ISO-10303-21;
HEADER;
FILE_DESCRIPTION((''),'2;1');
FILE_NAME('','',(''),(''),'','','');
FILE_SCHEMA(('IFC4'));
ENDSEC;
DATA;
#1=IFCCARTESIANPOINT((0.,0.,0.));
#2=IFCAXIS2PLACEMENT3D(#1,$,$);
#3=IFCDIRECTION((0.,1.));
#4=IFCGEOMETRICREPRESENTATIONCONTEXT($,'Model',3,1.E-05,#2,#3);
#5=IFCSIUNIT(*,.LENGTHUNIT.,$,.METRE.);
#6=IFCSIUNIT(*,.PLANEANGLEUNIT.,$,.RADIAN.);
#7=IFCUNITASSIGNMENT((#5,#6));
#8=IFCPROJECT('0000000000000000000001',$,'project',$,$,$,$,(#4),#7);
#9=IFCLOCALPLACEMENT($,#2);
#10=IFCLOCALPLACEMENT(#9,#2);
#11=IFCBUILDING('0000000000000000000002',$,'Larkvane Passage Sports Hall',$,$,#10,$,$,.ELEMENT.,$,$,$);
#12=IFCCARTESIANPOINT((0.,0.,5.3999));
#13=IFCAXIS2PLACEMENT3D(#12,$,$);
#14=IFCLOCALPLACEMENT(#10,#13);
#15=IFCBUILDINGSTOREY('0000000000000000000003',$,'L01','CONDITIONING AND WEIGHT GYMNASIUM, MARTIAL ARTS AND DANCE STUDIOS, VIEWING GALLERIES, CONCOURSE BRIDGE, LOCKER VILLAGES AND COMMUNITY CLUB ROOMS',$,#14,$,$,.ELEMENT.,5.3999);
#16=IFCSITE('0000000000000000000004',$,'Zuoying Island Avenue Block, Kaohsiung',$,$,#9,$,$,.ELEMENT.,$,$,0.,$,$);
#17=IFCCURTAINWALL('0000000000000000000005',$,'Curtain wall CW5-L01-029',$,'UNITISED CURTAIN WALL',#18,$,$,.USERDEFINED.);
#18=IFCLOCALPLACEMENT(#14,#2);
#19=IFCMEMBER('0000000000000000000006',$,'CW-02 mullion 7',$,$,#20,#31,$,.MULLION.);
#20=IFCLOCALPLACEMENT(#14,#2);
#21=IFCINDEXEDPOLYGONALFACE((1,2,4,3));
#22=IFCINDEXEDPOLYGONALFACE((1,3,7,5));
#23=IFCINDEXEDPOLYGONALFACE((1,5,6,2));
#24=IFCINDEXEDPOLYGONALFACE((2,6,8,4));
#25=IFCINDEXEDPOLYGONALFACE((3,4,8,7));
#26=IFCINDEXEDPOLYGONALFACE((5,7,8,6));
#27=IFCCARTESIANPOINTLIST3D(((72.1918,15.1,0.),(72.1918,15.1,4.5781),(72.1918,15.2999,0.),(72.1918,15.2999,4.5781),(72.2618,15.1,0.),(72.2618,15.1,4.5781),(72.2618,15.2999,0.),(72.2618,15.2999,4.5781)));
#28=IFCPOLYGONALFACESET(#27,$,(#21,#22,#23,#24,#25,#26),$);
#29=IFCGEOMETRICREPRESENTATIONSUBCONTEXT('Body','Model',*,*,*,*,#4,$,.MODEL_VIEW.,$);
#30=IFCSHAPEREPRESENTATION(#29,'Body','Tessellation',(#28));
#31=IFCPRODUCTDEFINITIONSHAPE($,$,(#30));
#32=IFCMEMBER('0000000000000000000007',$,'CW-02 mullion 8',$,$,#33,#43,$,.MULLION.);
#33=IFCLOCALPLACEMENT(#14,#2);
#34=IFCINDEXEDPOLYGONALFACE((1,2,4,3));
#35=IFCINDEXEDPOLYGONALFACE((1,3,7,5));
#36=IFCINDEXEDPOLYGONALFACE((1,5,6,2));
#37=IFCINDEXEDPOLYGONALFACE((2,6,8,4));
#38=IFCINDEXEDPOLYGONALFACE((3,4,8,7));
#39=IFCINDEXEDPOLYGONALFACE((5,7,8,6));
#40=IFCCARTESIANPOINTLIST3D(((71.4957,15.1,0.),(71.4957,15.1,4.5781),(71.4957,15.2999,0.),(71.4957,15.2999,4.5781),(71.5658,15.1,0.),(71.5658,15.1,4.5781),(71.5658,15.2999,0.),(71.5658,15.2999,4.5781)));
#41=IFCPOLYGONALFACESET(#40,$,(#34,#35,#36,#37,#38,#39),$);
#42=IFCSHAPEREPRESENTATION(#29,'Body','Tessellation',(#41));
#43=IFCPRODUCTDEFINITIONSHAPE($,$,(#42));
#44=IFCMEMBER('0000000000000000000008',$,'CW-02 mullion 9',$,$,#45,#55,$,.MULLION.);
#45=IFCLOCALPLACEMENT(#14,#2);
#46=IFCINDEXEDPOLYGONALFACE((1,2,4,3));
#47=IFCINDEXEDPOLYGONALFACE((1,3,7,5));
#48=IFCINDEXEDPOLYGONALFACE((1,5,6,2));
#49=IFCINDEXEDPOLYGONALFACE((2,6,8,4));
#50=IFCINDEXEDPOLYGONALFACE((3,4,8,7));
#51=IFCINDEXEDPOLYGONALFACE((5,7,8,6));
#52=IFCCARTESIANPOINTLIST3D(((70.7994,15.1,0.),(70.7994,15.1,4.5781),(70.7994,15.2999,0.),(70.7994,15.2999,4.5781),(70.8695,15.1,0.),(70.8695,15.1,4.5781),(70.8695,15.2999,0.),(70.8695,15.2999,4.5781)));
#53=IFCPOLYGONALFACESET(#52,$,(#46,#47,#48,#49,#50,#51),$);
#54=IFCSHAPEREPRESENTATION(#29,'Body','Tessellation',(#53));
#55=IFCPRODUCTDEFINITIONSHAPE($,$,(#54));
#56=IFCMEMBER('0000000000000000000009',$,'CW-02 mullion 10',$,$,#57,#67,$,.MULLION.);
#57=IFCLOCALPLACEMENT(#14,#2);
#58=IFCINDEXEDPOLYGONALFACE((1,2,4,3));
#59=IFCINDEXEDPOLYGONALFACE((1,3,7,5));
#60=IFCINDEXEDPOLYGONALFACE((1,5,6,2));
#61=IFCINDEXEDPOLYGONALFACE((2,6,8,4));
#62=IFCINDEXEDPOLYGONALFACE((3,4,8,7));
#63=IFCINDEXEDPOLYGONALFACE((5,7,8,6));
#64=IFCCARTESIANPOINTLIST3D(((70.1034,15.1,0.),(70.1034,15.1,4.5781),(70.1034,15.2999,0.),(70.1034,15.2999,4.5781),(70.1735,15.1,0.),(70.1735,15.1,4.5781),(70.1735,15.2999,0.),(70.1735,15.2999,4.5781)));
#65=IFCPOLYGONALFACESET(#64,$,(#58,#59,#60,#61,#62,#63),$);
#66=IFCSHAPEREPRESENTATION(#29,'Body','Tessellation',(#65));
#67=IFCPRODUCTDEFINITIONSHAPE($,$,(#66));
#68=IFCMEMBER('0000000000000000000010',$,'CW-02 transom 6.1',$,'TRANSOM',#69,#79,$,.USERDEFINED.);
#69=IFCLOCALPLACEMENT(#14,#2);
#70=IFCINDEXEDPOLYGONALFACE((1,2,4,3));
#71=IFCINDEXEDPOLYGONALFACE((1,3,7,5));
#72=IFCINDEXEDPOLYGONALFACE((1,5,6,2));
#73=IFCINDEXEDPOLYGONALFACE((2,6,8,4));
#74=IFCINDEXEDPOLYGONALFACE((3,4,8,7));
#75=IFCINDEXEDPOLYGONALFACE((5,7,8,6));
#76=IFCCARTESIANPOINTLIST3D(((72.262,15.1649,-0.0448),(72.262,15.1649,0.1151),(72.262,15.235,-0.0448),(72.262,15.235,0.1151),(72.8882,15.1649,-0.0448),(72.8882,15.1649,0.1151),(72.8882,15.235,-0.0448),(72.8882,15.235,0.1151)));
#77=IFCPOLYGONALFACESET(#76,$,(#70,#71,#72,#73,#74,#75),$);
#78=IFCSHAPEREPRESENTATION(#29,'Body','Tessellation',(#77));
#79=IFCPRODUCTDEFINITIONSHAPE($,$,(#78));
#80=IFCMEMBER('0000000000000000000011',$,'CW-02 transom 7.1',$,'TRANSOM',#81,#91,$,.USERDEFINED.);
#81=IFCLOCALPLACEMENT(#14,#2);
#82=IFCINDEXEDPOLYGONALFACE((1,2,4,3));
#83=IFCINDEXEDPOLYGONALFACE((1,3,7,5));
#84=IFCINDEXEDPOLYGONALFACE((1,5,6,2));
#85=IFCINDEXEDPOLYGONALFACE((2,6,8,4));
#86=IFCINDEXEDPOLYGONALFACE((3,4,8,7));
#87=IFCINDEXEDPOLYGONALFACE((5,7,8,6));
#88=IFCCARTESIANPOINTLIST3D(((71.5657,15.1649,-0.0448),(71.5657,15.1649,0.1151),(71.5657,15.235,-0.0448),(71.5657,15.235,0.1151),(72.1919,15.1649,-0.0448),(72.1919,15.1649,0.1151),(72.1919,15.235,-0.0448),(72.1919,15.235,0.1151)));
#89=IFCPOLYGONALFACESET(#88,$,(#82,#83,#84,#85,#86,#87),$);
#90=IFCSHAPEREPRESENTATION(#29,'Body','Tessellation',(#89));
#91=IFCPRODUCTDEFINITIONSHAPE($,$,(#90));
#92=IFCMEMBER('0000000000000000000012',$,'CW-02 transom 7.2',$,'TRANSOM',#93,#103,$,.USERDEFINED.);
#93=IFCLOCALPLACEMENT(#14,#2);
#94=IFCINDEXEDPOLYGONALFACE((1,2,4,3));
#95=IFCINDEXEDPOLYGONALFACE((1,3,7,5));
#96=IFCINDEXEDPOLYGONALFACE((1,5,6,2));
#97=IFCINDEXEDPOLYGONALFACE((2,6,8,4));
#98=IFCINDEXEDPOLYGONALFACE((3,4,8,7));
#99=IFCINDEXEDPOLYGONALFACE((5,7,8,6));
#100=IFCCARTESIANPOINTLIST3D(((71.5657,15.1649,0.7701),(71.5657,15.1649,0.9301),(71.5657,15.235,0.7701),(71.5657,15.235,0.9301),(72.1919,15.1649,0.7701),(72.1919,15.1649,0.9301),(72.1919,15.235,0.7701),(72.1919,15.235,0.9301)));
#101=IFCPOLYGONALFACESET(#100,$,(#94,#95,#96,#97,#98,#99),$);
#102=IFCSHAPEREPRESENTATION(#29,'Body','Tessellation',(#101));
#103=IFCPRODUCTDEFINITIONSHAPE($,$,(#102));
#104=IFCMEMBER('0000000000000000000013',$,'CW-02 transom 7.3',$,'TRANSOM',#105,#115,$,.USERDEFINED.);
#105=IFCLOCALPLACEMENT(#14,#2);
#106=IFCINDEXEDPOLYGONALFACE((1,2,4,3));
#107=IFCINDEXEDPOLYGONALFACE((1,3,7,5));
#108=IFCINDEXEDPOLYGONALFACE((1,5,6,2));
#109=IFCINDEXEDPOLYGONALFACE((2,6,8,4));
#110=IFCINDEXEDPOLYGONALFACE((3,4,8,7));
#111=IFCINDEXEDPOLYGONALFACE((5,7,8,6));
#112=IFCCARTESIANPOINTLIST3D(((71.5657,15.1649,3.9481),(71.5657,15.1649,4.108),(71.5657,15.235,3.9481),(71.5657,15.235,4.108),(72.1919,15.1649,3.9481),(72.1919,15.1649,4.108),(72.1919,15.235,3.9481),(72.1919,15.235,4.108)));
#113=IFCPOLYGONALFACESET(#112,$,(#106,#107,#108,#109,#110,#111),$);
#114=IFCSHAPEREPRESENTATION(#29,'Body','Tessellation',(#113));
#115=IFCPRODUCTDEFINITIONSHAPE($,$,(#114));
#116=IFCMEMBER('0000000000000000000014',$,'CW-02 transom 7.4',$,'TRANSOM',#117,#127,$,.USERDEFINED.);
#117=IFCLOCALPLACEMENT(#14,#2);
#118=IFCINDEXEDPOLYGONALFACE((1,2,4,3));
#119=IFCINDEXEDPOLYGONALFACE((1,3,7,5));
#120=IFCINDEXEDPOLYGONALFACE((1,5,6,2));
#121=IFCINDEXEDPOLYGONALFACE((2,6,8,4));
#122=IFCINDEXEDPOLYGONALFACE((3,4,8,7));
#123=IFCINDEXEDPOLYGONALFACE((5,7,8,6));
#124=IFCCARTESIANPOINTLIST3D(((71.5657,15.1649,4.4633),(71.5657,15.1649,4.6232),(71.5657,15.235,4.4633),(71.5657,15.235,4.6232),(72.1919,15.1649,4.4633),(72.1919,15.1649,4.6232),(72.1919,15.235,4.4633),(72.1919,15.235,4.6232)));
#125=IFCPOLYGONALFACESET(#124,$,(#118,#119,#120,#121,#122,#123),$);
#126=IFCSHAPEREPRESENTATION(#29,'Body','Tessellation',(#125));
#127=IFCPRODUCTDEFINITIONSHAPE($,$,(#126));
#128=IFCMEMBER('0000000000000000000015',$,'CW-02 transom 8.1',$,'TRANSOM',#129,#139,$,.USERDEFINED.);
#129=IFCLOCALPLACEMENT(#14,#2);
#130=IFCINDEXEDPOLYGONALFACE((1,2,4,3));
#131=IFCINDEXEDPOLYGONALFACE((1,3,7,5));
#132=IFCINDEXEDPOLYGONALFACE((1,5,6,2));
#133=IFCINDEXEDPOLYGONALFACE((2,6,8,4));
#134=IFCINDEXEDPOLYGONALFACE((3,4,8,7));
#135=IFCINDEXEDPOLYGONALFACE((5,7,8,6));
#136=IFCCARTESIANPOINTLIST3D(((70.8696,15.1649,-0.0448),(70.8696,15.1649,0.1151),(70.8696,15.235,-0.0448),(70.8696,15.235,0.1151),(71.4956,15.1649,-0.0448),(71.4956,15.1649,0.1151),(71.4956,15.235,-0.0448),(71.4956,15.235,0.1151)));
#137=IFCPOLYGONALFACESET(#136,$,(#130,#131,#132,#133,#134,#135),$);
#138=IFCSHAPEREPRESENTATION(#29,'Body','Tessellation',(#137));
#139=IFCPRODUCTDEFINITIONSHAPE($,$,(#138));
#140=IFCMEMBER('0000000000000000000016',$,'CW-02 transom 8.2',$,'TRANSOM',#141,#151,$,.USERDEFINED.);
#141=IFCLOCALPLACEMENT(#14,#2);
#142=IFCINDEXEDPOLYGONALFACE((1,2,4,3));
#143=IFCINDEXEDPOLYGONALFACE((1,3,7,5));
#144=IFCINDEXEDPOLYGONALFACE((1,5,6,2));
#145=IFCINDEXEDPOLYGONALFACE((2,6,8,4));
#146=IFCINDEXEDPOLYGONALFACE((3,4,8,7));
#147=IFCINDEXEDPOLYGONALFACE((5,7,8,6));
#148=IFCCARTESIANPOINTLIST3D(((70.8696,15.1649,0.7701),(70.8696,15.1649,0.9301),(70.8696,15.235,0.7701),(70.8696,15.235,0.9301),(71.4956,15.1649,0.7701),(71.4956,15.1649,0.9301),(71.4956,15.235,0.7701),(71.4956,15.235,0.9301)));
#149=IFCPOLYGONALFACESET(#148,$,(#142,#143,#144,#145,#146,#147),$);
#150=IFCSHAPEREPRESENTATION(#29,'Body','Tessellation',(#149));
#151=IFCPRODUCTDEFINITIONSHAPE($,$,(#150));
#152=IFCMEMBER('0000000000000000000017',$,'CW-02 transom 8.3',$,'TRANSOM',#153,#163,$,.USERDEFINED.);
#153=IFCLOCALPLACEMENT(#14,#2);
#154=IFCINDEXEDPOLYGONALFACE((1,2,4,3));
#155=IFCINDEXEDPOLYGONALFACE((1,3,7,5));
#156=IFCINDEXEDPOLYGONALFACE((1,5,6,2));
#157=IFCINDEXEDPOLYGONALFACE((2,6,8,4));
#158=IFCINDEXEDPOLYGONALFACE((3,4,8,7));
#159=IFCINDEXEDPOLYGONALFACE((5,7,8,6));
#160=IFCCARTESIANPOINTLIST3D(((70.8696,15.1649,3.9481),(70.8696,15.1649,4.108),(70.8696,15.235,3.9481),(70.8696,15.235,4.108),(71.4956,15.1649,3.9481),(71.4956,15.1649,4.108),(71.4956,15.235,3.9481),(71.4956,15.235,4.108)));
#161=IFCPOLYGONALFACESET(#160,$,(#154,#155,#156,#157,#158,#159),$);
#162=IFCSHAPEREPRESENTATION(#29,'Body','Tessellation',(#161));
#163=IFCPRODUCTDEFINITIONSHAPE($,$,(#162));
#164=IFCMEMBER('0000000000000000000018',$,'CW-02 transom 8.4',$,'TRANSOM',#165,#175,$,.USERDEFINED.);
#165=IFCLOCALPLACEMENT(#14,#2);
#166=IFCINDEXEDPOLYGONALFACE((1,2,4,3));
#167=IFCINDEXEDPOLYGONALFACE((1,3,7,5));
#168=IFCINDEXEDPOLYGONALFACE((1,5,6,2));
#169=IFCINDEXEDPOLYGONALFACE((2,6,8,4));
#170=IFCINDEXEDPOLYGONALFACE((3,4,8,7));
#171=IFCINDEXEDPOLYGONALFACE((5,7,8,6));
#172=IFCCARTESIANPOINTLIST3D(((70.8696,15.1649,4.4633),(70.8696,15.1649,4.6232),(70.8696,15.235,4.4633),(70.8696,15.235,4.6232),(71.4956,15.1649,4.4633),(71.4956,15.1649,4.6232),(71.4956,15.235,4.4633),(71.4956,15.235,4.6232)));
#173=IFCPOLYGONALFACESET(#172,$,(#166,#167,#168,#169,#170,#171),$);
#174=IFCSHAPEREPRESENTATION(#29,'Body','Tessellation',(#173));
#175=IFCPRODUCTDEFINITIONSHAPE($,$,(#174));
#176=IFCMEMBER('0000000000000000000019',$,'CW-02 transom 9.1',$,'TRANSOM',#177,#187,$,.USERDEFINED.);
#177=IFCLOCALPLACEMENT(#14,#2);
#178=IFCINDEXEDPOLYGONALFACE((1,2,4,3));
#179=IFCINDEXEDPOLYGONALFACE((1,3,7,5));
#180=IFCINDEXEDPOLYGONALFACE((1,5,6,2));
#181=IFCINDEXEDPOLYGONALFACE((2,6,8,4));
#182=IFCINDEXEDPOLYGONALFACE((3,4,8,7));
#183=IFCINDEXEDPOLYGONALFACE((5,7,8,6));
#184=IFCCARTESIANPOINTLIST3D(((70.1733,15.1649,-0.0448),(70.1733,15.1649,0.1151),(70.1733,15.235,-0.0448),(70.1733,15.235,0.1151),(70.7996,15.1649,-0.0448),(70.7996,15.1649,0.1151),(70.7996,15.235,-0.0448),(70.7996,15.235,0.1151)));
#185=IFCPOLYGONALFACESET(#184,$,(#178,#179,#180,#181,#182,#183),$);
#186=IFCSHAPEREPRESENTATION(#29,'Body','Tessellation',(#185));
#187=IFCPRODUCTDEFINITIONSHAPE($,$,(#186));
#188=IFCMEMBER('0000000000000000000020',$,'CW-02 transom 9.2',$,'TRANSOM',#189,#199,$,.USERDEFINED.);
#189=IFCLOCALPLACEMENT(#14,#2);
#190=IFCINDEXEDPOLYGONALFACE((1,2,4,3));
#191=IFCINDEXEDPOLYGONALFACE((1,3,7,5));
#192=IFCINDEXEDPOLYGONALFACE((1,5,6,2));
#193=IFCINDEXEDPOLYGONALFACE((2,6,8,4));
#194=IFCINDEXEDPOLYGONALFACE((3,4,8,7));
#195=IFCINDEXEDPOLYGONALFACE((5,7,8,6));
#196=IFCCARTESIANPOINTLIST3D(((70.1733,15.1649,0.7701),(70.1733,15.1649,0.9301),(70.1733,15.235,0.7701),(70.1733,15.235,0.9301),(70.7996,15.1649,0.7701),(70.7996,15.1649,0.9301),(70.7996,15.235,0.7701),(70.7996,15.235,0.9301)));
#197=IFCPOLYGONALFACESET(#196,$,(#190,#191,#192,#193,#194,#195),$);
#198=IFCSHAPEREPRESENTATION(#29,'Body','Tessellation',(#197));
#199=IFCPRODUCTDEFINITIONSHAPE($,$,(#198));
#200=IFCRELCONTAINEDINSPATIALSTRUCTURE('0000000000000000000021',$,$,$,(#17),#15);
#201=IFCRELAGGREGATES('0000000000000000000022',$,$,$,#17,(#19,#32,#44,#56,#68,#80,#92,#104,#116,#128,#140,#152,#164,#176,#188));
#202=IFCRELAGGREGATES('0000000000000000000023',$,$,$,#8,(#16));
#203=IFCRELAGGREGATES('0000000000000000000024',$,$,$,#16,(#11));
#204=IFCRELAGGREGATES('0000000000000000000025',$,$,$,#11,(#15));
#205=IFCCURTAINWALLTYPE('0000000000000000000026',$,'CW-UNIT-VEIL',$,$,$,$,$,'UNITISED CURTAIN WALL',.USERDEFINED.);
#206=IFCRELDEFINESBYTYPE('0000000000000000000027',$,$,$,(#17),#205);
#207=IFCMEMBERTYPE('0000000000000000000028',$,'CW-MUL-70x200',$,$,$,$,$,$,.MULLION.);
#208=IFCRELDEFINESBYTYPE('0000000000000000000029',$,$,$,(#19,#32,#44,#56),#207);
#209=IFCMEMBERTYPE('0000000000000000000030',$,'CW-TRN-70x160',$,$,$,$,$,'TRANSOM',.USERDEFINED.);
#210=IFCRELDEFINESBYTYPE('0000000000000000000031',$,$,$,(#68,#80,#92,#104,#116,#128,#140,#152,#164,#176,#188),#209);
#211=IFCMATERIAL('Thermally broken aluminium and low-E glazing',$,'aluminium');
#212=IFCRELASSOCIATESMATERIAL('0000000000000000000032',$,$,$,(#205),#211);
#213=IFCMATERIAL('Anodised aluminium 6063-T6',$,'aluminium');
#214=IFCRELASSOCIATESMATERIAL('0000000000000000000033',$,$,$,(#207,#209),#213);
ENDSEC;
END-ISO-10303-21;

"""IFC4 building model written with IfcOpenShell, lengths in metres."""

from ifc_helpers import new_model, si_unit, direction, frame, origin, origin_2d, place, context, subcontext, project, spatial, rectangle, extrude, material, material_profile, profile_set, type_object, element, aggregate, save


model = new_model("IFC4")

# Units and contexts
model_context = context("Model", 3, precision=1e-05, world=origin(), true_north=direction((0.0, 1.0)))
body_context = subcontext(model_context, "Body", "Model", "MODEL_VIEW")
ifc_project = project(units=[si_unit("LENGTHUNIT", "METRE"), si_unit("PLANEANGLEUNIT", "RADIAN")], contexts=[model_context])

# Site, building, storey
site_placement = place(None, origin())
site = spatial("IfcSite", under=ifc_project, at=site_placement, Name="Zuoying Island Avenue Block, Kaohsiung", CompositionType="ELEMENT", RefElevation=0.0)
building_placement = place(site_placement, origin())
building = spatial("IfcBuilding", under=site, at=building_placement, Name="Larkvane Passage Sports Hall", CompositionType="ELEMENT")
storey_placement = place(building_placement, frame((0.0, 0.0, 5.3999)))
storey = spatial("IfcBuildingStorey", under=building, at=storey_placement, Name="L01", Description="CONDITIONING AND WEIGHT GYMNASIUM, MARTIAL ARTS AND DANCE STUDIOS, VIEWING GALLERIES, CONCOURSE BRIDGE, LOCKER VILLAGES AND COMMUNITY CLUB ROOMS", CompositionType="ELEMENT", Elevation=5.3999)

# Curtain wall, members
ifc_material_1 = material(Name="Thermally broken aluminium and low-E glazing", Category="aluminium")
curtain_wall_type = type_object("IfcCurtainWallType", Name="CW-UNIT-VEIL", ElementType="UNITISED CURTAIN WALL", PredefinedType="USERDEFINED", material=ifc_material_1)
curtain_wall_placement = place(storey_placement, origin())
curtain_wall = element("IfcCurtainWall", 1, at=curtain_wall_placement, inside=storey, type_object=curtain_wall_type, Name="Curtain wall CW5-L01-029", ObjectType="UNITISED CURTAIN WALL", PredefinedType="USERDEFINED")
ifc_material_2 = material(Name="Anodised aluminium 6063-T6", Category="aluminium")
ifc_material_profile_1 = material_profile(ifc_material_2, rectangle(XDim=0.0701, YDim=0.2, at=origin_2d()), Name="ALU-MUL-70x200")
ifc_profile_set_1 = profile_set([ifc_material_profile_1], Name="Anodised aluminium 6063-T6")
member_type_1 = type_object("IfcMemberType", Name="CW-MUL-70x200", PredefinedType="MULLION", material=ifc_profile_set_1)
member_1_placement = place(storey_placement, frame((72.2268, 15.2, 0.0), z_axis=(0.0, 0.0, 1.0), x_axis=(-1.0, 0.0, 0.0)))
member_1 = element("IfcMember", 2, at=member_1_placement, type_object=member_type_1, Name="CW-02 mullion 7", PredefinedType="MULLION", context=body_context, shape_type="SweptSolid", body=[
    extrude(rectangle(XDim=0.0701, YDim=0.2, at=origin_2d()), origin(), (0.0, 0.0, 1.0), 4.5781),
])
member_2_placement = place(storey_placement, frame((71.5308, 15.2, 0.0), z_axis=(0.0, 0.0, 1.0), x_axis=(-1.0, 0.0, 0.0)))
member_2 = element("IfcMember", 3, at=member_2_placement, type_object=member_type_1, Name="CW-02 mullion 8", PredefinedType="MULLION", context=body_context, shape_type="SweptSolid", body=[
    extrude(rectangle(XDim=0.0701, YDim=0.2, at=origin_2d()), origin(), (0.0, 0.0, 1.0), 4.5781),
])
member_3_placement = place(storey_placement, frame((70.8345, 15.2, 0.0), z_axis=(0.0, 0.0, 1.0), x_axis=(-1.0, 0.0, 0.0)))
member_3 = element("IfcMember", 4, at=member_3_placement, type_object=member_type_1, Name="CW-02 mullion 9", PredefinedType="MULLION", context=body_context, shape_type="SweptSolid", body=[
    extrude(rectangle(XDim=0.0701, YDim=0.2, at=origin_2d()), origin(), (0.0, 0.0, 1.0), 4.5781),
])
member_4_placement = place(storey_placement, frame((70.1384, 15.2, 0.0), z_axis=(0.0, 0.0, 1.0), x_axis=(-1.0, 0.0, 0.0)))
member_4 = element("IfcMember", 5, at=member_4_placement, type_object=member_type_1, Name="CW-02 mullion 10", PredefinedType="MULLION", context=body_context, shape_type="SweptSolid", body=[
    extrude(rectangle(XDim=0.0701, YDim=0.2, at=origin_2d()), origin(), (0.0, 0.0, 1.0), 4.5781),
])
ifc_material_profile_2 = material_profile(ifc_material_2, rectangle(XDim=0.0701, YDim=0.1599, at=origin_2d()), Name="ALU-TRN-70x160")
ifc_profile_set_2 = profile_set([ifc_material_profile_2], Name="Anodised aluminium 6063-T6")
member_type_2 = type_object("IfcMemberType", Name="CW-TRN-70x160", ElementType="TRANSOM", PredefinedType="USERDEFINED", material=ifc_profile_set_2)
member_5_placement = place(storey_placement, frame((72.8882, 15.2, 0.0352), z_axis=(-1.0, 0.0, 0.0), x_axis=(0.0, -1.0, 0.0)))
member_5 = element("IfcMember", 6, at=member_5_placement, type_object=member_type_2, Name="CW-02 transom 6.1", ObjectType="TRANSOM", PredefinedType="USERDEFINED", context=body_context, shape_type="SweptSolid", body=[
    extrude(rectangle(XDim=0.0701, YDim=0.1599, at=origin_2d()), origin(), (0.0, 0.0, 1.0), 0.6262),
])
member_6_placement = place(storey_placement, frame((72.1919, 15.2, 0.0352), z_axis=(-1.0, 0.0, 0.0), x_axis=(0.0, -1.0, 0.0)))
member_6 = element("IfcMember", 7, at=member_6_placement, type_object=member_type_2, Name="CW-02 transom 7.1", ObjectType="TRANSOM", PredefinedType="USERDEFINED", context=body_context, shape_type="SweptSolid", body=[
    extrude(rectangle(XDim=0.0701, YDim=0.1599, at=origin_2d()), origin(), (0.0, 0.0, 1.0), 0.6262),
])
member_7_placement = place(storey_placement, frame((72.1919, 15.2, 0.8501), z_axis=(-1.0, 0.0, 0.0), x_axis=(0.0, -1.0, 0.0)))
member_7 = element("IfcMember", 8, at=member_7_placement, type_object=member_type_2, Name="CW-02 transom 7.2", ObjectType="TRANSOM", PredefinedType="USERDEFINED", context=body_context, shape_type="SweptSolid", body=[
    extrude(rectangle(XDim=0.0701, YDim=0.1599, at=origin_2d()), origin(), (0.0, 0.0, 1.0), 0.6262),
])
member_8_placement = place(storey_placement, frame((72.1919, 15.2, 4.0281), z_axis=(-1.0, 0.0, 0.0), x_axis=(0.0, -1.0, 0.0)))
member_8 = element("IfcMember", 9, at=member_8_placement, type_object=member_type_2, Name="CW-02 transom 7.3", ObjectType="TRANSOM", PredefinedType="USERDEFINED", context=body_context, shape_type="SweptSolid", body=[
    extrude(rectangle(XDim=0.0701, YDim=0.1599, at=origin_2d()), origin(), (0.0, 0.0, 1.0), 0.6262),
])
member_9_placement = place(storey_placement, frame((72.1919, 15.2, 4.5432), z_axis=(-1.0, 0.0, 0.0), x_axis=(0.0, -1.0, 0.0)))
member_9 = element("IfcMember", 10, at=member_9_placement, type_object=member_type_2, Name="CW-02 transom 7.4", ObjectType="TRANSOM", PredefinedType="USERDEFINED", context=body_context, shape_type="SweptSolid", body=[
    extrude(rectangle(XDim=0.0701, YDim=0.1599, at=origin_2d()), origin(), (0.0, 0.0, 1.0), 0.6262),
])
member_10_placement = place(storey_placement, frame((71.4956, 15.2, 0.0352), z_axis=(-1.0, 0.0, 0.0), x_axis=(0.0, -1.0, 0.0)))
member_10 = element("IfcMember", 11, at=member_10_placement, type_object=member_type_2, Name="CW-02 transom 8.1", ObjectType="TRANSOM", PredefinedType="USERDEFINED", context=body_context, shape_type="SweptSolid", body=[
    extrude(rectangle(XDim=0.0701, YDim=0.1599, at=origin_2d()), origin(), (0.0, 0.0, 1.0), 0.626),
])
member_11_placement = place(storey_placement, frame((71.4956, 15.2, 0.8501), z_axis=(-1.0, 0.0, 0.0), x_axis=(0.0, -1.0, 0.0)))
member_11 = element("IfcMember", 12, at=member_11_placement, type_object=member_type_2, Name="CW-02 transom 8.2", ObjectType="TRANSOM", PredefinedType="USERDEFINED", context=body_context, shape_type="SweptSolid", body=[
    extrude(rectangle(XDim=0.0701, YDim=0.1599, at=origin_2d()), origin(), (0.0, 0.0, 1.0), 0.626),
])
member_12_placement = place(storey_placement, frame((71.4956, 15.2, 4.0281), z_axis=(-1.0, 0.0, 0.0), x_axis=(0.0, -1.0, 0.0)))
member_12 = element("IfcMember", 13, at=member_12_placement, type_object=member_type_2, Name="CW-02 transom 8.3", ObjectType="TRANSOM", PredefinedType="USERDEFINED", context=body_context, shape_type="SweptSolid", body=[
    extrude(rectangle(XDim=0.0701, YDim=0.1599, at=origin_2d()), origin(), (0.0, 0.0, 1.0), 0.626),
])
member_13_placement = place(storey_placement, frame((71.4956, 15.2, 4.5432), z_axis=(-1.0, 0.0, 0.0), x_axis=(0.0, -1.0, 0.0)))
member_13 = element("IfcMember", 14, at=member_13_placement, type_object=member_type_2, Name="CW-02 transom 8.4", ObjectType="TRANSOM", PredefinedType="USERDEFINED", context=body_context, shape_type="SweptSolid", body=[
    extrude(rectangle(XDim=0.0701, YDim=0.1599, at=origin_2d()), origin(), (0.0, 0.0, 1.0), 0.626),
])
member_14_placement = place(storey_placement, frame((70.7996, 15.2, 0.0352), z_axis=(-1.0, 0.0, 0.0), x_axis=(0.0, -1.0, 0.0)))
member_14 = element("IfcMember", 15, at=member_14_placement, type_object=member_type_2, Name="CW-02 transom 9.1", ObjectType="TRANSOM", PredefinedType="USERDEFINED", context=body_context, shape_type="SweptSolid", body=[
    extrude(rectangle(XDim=0.0701, YDim=0.1599, at=origin_2d()), origin(), (0.0, 0.0, 1.0), 0.6262),
])
member_15_placement = place(storey_placement, frame((70.7996, 15.2, 0.8501), z_axis=(-1.0, 0.0, 0.0), x_axis=(0.0, -1.0, 0.0)))
member_15 = element("IfcMember", 16, at=member_15_placement, type_object=member_type_2, Name="CW-02 transom 9.2", ObjectType="TRANSOM", PredefinedType="USERDEFINED", context=body_context, shape_type="SweptSolid", body=[
    extrude(rectangle(XDim=0.0701, YDim=0.1599, at=origin_2d()), origin(), (0.0, 0.0, 1.0), 0.6262),
])
aggregate(curtain_wall, [member_1, member_2, member_3, member_4, member_5, member_6, member_7, member_8, member_9, member_10, member_11, member_12, member_13, member_14, member_15])

save(model, "model.ifc")
